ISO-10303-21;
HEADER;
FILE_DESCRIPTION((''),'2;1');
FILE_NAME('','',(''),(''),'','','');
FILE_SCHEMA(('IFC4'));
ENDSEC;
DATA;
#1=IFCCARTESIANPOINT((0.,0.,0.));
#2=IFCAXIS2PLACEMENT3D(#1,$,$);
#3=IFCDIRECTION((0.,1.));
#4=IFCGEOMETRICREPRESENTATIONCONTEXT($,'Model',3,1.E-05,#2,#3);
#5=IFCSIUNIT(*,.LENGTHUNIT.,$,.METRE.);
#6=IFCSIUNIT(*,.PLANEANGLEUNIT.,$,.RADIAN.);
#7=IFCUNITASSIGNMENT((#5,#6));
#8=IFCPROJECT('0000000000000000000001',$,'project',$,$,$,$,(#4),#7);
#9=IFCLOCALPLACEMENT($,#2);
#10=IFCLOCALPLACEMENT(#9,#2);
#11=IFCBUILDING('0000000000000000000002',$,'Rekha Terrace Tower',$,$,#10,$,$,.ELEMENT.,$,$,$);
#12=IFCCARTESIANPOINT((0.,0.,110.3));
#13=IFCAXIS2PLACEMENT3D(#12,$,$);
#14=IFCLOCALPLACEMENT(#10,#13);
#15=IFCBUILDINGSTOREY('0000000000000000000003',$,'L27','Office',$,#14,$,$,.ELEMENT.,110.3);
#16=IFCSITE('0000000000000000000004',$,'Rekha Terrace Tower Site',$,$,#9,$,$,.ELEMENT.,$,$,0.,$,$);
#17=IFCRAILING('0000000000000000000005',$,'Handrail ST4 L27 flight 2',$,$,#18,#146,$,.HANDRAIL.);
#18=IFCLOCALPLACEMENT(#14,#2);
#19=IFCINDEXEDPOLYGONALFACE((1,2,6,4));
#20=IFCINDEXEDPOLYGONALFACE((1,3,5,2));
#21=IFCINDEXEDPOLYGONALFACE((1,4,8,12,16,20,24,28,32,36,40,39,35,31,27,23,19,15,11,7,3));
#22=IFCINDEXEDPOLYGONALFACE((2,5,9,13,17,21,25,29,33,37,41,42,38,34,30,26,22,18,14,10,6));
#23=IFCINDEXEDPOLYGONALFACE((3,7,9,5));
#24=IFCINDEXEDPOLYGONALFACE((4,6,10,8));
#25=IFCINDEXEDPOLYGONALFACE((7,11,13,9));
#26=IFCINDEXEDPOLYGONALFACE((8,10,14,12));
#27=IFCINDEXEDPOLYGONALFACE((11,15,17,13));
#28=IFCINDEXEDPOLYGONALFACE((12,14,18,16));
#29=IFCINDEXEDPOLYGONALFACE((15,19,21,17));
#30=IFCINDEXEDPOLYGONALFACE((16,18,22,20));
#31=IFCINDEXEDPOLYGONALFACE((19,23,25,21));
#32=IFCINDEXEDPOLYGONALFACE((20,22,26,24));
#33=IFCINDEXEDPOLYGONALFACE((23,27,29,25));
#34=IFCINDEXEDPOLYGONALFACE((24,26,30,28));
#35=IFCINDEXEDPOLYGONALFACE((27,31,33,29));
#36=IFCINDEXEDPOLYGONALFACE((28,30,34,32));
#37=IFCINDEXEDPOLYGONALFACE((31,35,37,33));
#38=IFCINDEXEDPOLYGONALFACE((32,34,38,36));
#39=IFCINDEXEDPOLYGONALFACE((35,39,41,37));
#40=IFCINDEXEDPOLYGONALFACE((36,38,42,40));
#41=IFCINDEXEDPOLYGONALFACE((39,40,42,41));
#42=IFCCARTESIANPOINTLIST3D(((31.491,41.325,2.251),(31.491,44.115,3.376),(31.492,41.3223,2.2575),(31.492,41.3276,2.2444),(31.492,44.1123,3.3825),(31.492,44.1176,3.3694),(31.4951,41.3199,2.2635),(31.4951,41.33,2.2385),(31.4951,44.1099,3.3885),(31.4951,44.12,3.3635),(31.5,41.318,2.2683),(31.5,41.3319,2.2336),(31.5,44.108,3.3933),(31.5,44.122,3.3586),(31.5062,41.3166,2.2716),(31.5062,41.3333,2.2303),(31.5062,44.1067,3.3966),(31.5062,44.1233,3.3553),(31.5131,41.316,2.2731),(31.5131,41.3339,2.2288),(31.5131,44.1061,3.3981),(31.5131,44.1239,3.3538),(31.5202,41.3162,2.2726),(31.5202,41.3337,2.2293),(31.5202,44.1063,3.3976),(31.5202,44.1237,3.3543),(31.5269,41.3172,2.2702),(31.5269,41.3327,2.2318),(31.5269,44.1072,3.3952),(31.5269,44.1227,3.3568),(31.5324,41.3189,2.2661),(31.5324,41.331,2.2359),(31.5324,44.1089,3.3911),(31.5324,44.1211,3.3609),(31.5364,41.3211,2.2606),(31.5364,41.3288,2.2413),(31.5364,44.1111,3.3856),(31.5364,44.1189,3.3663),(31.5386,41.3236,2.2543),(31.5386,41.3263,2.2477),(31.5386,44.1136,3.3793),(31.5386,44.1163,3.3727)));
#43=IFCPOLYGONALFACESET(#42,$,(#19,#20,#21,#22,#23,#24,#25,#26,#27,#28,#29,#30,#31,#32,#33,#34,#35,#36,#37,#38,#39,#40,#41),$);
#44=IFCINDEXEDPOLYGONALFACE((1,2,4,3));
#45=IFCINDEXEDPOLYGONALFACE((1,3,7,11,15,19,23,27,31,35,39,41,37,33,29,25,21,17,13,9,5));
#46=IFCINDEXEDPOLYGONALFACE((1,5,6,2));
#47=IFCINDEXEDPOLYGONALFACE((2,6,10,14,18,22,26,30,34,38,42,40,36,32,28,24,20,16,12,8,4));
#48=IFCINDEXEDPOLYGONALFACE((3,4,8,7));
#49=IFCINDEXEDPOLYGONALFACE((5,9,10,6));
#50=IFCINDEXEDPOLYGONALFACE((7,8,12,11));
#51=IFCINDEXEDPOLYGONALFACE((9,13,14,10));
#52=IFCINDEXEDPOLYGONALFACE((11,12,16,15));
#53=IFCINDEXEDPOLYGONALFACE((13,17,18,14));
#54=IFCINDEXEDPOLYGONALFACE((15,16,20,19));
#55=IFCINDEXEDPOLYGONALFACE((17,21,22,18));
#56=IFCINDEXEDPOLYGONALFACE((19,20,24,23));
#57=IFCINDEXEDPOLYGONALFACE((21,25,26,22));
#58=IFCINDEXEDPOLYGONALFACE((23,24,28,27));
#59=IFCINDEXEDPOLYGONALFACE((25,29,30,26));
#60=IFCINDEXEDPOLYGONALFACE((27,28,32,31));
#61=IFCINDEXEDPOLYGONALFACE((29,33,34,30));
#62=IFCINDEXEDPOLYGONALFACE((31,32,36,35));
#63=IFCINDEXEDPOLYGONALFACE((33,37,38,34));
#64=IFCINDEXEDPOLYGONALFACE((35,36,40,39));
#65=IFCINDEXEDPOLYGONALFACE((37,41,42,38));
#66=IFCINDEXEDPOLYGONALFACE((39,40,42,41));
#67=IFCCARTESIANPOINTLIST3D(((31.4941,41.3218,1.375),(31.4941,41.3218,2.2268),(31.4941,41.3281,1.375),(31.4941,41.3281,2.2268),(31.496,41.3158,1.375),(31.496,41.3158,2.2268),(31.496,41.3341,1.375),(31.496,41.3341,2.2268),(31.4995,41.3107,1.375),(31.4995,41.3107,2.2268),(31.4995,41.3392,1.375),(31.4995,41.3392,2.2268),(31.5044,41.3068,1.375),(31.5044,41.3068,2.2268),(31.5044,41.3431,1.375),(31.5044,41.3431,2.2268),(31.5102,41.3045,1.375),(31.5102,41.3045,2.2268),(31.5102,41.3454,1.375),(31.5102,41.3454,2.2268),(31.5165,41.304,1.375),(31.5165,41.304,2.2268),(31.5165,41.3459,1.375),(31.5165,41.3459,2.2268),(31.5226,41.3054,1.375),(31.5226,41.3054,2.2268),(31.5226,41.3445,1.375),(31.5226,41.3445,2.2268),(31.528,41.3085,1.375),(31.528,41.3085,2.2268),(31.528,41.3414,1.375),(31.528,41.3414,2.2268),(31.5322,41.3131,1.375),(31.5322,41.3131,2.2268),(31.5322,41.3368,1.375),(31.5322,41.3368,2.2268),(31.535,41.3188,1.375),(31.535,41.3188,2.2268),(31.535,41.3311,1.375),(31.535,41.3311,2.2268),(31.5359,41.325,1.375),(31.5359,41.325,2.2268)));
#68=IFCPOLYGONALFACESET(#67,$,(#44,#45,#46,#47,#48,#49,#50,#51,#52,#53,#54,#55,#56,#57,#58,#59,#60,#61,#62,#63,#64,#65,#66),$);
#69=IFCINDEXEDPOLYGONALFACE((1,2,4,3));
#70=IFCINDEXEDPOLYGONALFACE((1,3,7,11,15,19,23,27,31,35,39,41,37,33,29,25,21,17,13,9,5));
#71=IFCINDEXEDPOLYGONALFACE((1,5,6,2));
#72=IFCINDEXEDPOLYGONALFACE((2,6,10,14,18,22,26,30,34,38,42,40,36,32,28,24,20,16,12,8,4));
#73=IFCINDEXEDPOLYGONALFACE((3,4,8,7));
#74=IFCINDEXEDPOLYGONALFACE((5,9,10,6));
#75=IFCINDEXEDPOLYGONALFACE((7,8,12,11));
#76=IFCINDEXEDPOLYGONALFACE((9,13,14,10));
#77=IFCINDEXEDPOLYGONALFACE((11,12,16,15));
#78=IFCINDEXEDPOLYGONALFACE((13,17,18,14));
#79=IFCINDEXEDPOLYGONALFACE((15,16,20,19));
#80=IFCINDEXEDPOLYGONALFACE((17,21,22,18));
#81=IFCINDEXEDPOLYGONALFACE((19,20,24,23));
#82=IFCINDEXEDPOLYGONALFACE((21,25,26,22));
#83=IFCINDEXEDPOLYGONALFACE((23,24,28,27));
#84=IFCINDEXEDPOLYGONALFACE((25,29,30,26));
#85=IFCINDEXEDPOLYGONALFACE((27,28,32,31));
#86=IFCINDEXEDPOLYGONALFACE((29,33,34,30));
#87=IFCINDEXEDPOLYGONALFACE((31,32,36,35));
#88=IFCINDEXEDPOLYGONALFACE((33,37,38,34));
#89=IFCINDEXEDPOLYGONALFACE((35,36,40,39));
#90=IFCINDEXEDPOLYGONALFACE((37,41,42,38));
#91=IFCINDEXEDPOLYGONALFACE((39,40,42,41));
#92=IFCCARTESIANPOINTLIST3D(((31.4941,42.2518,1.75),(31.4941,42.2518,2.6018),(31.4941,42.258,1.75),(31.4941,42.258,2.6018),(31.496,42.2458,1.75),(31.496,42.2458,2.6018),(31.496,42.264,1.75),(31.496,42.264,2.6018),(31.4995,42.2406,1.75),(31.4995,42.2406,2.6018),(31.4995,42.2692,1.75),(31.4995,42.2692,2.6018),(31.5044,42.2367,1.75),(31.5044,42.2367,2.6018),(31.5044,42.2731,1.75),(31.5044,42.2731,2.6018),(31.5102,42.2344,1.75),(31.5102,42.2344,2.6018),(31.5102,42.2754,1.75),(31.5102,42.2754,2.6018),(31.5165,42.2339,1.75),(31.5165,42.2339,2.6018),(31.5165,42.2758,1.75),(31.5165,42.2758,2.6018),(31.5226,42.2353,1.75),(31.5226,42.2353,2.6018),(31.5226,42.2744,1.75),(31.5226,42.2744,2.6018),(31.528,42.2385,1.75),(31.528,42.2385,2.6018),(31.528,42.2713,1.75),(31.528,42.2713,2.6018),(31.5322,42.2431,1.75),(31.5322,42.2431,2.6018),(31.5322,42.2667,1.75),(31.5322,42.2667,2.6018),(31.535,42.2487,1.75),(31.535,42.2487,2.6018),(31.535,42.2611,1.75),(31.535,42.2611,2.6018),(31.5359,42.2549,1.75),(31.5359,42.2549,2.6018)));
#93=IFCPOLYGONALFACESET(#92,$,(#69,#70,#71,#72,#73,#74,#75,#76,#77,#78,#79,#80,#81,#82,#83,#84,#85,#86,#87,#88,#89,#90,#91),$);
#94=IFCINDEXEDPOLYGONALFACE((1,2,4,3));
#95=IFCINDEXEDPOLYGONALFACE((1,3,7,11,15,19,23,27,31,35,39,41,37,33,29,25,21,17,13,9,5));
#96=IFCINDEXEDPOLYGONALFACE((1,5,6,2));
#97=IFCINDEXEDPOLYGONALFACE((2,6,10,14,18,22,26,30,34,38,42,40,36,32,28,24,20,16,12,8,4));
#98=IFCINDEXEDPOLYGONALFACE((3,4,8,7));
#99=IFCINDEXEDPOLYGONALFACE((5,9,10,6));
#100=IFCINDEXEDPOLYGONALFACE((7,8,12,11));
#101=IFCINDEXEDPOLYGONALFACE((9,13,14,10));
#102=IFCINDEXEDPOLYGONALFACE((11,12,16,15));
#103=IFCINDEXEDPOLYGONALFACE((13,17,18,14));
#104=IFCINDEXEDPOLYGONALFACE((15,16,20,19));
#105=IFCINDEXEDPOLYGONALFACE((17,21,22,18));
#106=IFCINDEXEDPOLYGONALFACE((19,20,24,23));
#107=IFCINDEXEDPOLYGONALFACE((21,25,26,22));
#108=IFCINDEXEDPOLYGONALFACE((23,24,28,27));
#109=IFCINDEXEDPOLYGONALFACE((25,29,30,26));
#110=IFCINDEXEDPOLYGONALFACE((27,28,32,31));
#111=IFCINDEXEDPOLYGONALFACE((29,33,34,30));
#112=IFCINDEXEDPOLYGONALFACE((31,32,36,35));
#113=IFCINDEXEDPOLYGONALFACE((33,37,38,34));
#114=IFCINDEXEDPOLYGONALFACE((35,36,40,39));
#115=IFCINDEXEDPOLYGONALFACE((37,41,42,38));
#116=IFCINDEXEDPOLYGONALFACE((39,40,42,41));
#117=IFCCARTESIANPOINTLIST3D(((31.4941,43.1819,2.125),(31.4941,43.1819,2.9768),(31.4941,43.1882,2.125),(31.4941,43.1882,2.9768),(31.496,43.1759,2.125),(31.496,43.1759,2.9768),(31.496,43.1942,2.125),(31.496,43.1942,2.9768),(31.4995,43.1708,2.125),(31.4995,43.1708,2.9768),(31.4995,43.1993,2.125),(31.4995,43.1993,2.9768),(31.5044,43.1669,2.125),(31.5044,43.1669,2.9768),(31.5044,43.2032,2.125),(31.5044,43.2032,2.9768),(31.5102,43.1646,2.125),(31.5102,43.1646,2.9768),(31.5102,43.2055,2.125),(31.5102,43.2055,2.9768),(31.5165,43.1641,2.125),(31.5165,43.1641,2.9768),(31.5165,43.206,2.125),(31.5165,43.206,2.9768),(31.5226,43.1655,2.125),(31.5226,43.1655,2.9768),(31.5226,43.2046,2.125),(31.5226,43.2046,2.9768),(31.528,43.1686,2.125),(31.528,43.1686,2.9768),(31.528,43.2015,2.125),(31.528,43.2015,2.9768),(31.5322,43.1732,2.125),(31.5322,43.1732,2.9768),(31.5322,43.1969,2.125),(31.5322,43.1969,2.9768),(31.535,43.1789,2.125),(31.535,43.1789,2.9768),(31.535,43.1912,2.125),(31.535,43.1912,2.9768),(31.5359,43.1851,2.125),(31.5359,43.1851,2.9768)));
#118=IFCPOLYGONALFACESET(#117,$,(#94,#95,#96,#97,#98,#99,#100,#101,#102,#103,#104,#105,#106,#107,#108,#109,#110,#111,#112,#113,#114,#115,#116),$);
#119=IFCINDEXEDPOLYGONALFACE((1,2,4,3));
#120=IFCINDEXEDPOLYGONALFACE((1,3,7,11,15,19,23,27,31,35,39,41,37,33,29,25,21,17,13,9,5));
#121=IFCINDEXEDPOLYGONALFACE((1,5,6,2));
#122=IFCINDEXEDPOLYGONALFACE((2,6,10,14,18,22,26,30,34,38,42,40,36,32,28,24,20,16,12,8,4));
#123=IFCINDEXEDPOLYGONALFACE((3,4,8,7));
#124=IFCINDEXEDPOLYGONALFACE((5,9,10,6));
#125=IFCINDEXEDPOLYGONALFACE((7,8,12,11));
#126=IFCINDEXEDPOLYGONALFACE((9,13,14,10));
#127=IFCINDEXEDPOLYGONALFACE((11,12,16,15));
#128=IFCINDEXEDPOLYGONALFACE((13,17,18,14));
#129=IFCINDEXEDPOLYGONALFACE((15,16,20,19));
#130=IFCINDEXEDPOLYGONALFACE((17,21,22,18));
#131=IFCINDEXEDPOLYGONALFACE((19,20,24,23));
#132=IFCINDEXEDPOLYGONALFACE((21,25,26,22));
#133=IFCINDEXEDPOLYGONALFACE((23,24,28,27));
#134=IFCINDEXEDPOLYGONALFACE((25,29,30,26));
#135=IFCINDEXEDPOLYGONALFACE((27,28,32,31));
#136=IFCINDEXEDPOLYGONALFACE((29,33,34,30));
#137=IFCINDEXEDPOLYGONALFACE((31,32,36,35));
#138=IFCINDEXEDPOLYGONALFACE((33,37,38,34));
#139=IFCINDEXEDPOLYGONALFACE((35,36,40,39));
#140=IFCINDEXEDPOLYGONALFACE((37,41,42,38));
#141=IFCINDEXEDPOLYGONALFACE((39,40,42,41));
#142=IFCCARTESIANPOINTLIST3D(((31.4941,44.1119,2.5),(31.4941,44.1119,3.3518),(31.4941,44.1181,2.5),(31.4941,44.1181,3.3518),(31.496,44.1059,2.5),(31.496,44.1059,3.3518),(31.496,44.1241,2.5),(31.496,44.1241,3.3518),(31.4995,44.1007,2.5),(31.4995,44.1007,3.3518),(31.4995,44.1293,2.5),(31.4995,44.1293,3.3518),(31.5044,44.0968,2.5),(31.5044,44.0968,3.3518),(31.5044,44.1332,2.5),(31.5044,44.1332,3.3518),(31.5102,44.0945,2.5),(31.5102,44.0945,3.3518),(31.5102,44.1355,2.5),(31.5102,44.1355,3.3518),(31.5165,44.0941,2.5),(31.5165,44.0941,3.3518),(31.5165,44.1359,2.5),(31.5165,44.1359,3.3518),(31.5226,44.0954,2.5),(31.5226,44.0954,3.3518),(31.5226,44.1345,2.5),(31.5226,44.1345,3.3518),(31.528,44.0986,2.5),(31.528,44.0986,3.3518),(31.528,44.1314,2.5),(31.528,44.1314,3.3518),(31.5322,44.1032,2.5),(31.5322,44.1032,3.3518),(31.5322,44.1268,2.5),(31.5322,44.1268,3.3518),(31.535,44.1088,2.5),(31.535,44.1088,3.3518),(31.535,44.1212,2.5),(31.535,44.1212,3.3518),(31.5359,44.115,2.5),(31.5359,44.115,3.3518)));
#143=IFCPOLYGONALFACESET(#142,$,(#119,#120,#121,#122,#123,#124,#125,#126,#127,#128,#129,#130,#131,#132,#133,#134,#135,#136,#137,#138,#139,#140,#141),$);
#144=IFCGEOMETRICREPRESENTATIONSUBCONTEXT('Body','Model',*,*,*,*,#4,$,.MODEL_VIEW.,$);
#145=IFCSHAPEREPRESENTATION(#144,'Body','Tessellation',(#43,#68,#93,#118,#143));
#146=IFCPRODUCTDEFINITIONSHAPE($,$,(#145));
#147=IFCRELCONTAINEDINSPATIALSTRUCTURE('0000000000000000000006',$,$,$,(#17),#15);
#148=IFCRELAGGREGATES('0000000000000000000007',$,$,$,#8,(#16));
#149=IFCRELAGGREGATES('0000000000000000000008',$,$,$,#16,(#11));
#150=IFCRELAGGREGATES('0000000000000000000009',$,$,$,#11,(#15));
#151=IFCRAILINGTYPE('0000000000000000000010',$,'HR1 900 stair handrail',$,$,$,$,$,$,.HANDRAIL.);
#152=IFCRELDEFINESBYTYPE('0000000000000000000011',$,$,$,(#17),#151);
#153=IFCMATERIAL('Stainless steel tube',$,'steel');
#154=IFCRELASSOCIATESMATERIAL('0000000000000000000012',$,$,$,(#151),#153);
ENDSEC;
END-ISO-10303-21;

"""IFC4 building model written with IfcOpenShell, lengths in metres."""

from ifc_helpers import new_model, si_unit, direction, frame, origin, origin_2d, place, context, subcontext, project, spatial, circle, extrude, material, type_object, element, save


model = new_model("IFC4")

# Units and contexts
model_context = context("Model", 3, precision=1e-05, world=origin(), true_north=direction((0.0, 1.0)))
body_context = subcontext(model_context, "Body", "Model", "MODEL_VIEW")
ifc_project = project(units=[si_unit("LENGTHUNIT", "METRE"), si_unit("PLANEANGLEUNIT", "RADIAN")], contexts=[model_context])

# Site, building, storey
site_placement = place(None, origin())
site = spatial("IfcSite", under=ifc_project, at=site_placement, Name="Rekha Terrace Tower Site", CompositionType="ELEMENT", RefElevation=0.0)
building_placement = place(site_placement, origin())
building = spatial("IfcBuilding", under=site, at=building_placement, Name="Rekha Terrace Tower", CompositionType="ELEMENT")
storey_placement = place(building_placement, frame((0.0, 0.0, 110.3)))
storey = spatial("IfcBuildingStorey", under=building, at=storey_placement, Name="L27", Description="Office", CompositionType="ELEMENT", Elevation=110.3)

# Railing
ifc_material_1 = material(Name="Stainless steel tube", Category="steel")
railing_type_1 = type_object("IfcRailingType", Name="HR1 900 stair handrail", PredefinedType="HANDRAIL", material=ifc_material_1)
railing_1_placement = place(storey_placement, frame((31.5149, 41.325, 1.375)))
element("IfcRailing", 1, at=railing_1_placement, inside=storey, type_object=railing_type_1, Name="Handrail ST4 L27 flight 2", PredefinedType="HANDRAIL", context=body_context, shape_type="SweptSolid", body=[
    extrude(circle(Radius=0.0239, at=origin_2d()), frame((0.0, 0.0, 0.876), z_axis=(0.0, 0.927443, 0.373964), x_axis=(-1.0, 0.0, 0.0)), (0.0, 0.0, 1.0), 3.0083),
    extrude(circle(Radius=0.021, at=origin_2d()), origin(), (0.0, 0.0, 1.0), 0.8518),
    extrude(circle(Radius=0.021, at=origin_2d()), frame((0.0, 0.9299, 0.375)), (0.0, 0.0, 1.0), 0.8518),
    extrude(circle(Radius=0.021, at=origin_2d()), frame((0.0, 1.8601, 0.75)), (0.0, 0.0, 1.0), 0.8518),
    extrude(circle(Radius=0.021, at=origin_2d()), frame((0.0, 2.79, 1.125)), (0.0, 0.0, 1.0), 0.8518),
])

save(model, "model.ifc")
